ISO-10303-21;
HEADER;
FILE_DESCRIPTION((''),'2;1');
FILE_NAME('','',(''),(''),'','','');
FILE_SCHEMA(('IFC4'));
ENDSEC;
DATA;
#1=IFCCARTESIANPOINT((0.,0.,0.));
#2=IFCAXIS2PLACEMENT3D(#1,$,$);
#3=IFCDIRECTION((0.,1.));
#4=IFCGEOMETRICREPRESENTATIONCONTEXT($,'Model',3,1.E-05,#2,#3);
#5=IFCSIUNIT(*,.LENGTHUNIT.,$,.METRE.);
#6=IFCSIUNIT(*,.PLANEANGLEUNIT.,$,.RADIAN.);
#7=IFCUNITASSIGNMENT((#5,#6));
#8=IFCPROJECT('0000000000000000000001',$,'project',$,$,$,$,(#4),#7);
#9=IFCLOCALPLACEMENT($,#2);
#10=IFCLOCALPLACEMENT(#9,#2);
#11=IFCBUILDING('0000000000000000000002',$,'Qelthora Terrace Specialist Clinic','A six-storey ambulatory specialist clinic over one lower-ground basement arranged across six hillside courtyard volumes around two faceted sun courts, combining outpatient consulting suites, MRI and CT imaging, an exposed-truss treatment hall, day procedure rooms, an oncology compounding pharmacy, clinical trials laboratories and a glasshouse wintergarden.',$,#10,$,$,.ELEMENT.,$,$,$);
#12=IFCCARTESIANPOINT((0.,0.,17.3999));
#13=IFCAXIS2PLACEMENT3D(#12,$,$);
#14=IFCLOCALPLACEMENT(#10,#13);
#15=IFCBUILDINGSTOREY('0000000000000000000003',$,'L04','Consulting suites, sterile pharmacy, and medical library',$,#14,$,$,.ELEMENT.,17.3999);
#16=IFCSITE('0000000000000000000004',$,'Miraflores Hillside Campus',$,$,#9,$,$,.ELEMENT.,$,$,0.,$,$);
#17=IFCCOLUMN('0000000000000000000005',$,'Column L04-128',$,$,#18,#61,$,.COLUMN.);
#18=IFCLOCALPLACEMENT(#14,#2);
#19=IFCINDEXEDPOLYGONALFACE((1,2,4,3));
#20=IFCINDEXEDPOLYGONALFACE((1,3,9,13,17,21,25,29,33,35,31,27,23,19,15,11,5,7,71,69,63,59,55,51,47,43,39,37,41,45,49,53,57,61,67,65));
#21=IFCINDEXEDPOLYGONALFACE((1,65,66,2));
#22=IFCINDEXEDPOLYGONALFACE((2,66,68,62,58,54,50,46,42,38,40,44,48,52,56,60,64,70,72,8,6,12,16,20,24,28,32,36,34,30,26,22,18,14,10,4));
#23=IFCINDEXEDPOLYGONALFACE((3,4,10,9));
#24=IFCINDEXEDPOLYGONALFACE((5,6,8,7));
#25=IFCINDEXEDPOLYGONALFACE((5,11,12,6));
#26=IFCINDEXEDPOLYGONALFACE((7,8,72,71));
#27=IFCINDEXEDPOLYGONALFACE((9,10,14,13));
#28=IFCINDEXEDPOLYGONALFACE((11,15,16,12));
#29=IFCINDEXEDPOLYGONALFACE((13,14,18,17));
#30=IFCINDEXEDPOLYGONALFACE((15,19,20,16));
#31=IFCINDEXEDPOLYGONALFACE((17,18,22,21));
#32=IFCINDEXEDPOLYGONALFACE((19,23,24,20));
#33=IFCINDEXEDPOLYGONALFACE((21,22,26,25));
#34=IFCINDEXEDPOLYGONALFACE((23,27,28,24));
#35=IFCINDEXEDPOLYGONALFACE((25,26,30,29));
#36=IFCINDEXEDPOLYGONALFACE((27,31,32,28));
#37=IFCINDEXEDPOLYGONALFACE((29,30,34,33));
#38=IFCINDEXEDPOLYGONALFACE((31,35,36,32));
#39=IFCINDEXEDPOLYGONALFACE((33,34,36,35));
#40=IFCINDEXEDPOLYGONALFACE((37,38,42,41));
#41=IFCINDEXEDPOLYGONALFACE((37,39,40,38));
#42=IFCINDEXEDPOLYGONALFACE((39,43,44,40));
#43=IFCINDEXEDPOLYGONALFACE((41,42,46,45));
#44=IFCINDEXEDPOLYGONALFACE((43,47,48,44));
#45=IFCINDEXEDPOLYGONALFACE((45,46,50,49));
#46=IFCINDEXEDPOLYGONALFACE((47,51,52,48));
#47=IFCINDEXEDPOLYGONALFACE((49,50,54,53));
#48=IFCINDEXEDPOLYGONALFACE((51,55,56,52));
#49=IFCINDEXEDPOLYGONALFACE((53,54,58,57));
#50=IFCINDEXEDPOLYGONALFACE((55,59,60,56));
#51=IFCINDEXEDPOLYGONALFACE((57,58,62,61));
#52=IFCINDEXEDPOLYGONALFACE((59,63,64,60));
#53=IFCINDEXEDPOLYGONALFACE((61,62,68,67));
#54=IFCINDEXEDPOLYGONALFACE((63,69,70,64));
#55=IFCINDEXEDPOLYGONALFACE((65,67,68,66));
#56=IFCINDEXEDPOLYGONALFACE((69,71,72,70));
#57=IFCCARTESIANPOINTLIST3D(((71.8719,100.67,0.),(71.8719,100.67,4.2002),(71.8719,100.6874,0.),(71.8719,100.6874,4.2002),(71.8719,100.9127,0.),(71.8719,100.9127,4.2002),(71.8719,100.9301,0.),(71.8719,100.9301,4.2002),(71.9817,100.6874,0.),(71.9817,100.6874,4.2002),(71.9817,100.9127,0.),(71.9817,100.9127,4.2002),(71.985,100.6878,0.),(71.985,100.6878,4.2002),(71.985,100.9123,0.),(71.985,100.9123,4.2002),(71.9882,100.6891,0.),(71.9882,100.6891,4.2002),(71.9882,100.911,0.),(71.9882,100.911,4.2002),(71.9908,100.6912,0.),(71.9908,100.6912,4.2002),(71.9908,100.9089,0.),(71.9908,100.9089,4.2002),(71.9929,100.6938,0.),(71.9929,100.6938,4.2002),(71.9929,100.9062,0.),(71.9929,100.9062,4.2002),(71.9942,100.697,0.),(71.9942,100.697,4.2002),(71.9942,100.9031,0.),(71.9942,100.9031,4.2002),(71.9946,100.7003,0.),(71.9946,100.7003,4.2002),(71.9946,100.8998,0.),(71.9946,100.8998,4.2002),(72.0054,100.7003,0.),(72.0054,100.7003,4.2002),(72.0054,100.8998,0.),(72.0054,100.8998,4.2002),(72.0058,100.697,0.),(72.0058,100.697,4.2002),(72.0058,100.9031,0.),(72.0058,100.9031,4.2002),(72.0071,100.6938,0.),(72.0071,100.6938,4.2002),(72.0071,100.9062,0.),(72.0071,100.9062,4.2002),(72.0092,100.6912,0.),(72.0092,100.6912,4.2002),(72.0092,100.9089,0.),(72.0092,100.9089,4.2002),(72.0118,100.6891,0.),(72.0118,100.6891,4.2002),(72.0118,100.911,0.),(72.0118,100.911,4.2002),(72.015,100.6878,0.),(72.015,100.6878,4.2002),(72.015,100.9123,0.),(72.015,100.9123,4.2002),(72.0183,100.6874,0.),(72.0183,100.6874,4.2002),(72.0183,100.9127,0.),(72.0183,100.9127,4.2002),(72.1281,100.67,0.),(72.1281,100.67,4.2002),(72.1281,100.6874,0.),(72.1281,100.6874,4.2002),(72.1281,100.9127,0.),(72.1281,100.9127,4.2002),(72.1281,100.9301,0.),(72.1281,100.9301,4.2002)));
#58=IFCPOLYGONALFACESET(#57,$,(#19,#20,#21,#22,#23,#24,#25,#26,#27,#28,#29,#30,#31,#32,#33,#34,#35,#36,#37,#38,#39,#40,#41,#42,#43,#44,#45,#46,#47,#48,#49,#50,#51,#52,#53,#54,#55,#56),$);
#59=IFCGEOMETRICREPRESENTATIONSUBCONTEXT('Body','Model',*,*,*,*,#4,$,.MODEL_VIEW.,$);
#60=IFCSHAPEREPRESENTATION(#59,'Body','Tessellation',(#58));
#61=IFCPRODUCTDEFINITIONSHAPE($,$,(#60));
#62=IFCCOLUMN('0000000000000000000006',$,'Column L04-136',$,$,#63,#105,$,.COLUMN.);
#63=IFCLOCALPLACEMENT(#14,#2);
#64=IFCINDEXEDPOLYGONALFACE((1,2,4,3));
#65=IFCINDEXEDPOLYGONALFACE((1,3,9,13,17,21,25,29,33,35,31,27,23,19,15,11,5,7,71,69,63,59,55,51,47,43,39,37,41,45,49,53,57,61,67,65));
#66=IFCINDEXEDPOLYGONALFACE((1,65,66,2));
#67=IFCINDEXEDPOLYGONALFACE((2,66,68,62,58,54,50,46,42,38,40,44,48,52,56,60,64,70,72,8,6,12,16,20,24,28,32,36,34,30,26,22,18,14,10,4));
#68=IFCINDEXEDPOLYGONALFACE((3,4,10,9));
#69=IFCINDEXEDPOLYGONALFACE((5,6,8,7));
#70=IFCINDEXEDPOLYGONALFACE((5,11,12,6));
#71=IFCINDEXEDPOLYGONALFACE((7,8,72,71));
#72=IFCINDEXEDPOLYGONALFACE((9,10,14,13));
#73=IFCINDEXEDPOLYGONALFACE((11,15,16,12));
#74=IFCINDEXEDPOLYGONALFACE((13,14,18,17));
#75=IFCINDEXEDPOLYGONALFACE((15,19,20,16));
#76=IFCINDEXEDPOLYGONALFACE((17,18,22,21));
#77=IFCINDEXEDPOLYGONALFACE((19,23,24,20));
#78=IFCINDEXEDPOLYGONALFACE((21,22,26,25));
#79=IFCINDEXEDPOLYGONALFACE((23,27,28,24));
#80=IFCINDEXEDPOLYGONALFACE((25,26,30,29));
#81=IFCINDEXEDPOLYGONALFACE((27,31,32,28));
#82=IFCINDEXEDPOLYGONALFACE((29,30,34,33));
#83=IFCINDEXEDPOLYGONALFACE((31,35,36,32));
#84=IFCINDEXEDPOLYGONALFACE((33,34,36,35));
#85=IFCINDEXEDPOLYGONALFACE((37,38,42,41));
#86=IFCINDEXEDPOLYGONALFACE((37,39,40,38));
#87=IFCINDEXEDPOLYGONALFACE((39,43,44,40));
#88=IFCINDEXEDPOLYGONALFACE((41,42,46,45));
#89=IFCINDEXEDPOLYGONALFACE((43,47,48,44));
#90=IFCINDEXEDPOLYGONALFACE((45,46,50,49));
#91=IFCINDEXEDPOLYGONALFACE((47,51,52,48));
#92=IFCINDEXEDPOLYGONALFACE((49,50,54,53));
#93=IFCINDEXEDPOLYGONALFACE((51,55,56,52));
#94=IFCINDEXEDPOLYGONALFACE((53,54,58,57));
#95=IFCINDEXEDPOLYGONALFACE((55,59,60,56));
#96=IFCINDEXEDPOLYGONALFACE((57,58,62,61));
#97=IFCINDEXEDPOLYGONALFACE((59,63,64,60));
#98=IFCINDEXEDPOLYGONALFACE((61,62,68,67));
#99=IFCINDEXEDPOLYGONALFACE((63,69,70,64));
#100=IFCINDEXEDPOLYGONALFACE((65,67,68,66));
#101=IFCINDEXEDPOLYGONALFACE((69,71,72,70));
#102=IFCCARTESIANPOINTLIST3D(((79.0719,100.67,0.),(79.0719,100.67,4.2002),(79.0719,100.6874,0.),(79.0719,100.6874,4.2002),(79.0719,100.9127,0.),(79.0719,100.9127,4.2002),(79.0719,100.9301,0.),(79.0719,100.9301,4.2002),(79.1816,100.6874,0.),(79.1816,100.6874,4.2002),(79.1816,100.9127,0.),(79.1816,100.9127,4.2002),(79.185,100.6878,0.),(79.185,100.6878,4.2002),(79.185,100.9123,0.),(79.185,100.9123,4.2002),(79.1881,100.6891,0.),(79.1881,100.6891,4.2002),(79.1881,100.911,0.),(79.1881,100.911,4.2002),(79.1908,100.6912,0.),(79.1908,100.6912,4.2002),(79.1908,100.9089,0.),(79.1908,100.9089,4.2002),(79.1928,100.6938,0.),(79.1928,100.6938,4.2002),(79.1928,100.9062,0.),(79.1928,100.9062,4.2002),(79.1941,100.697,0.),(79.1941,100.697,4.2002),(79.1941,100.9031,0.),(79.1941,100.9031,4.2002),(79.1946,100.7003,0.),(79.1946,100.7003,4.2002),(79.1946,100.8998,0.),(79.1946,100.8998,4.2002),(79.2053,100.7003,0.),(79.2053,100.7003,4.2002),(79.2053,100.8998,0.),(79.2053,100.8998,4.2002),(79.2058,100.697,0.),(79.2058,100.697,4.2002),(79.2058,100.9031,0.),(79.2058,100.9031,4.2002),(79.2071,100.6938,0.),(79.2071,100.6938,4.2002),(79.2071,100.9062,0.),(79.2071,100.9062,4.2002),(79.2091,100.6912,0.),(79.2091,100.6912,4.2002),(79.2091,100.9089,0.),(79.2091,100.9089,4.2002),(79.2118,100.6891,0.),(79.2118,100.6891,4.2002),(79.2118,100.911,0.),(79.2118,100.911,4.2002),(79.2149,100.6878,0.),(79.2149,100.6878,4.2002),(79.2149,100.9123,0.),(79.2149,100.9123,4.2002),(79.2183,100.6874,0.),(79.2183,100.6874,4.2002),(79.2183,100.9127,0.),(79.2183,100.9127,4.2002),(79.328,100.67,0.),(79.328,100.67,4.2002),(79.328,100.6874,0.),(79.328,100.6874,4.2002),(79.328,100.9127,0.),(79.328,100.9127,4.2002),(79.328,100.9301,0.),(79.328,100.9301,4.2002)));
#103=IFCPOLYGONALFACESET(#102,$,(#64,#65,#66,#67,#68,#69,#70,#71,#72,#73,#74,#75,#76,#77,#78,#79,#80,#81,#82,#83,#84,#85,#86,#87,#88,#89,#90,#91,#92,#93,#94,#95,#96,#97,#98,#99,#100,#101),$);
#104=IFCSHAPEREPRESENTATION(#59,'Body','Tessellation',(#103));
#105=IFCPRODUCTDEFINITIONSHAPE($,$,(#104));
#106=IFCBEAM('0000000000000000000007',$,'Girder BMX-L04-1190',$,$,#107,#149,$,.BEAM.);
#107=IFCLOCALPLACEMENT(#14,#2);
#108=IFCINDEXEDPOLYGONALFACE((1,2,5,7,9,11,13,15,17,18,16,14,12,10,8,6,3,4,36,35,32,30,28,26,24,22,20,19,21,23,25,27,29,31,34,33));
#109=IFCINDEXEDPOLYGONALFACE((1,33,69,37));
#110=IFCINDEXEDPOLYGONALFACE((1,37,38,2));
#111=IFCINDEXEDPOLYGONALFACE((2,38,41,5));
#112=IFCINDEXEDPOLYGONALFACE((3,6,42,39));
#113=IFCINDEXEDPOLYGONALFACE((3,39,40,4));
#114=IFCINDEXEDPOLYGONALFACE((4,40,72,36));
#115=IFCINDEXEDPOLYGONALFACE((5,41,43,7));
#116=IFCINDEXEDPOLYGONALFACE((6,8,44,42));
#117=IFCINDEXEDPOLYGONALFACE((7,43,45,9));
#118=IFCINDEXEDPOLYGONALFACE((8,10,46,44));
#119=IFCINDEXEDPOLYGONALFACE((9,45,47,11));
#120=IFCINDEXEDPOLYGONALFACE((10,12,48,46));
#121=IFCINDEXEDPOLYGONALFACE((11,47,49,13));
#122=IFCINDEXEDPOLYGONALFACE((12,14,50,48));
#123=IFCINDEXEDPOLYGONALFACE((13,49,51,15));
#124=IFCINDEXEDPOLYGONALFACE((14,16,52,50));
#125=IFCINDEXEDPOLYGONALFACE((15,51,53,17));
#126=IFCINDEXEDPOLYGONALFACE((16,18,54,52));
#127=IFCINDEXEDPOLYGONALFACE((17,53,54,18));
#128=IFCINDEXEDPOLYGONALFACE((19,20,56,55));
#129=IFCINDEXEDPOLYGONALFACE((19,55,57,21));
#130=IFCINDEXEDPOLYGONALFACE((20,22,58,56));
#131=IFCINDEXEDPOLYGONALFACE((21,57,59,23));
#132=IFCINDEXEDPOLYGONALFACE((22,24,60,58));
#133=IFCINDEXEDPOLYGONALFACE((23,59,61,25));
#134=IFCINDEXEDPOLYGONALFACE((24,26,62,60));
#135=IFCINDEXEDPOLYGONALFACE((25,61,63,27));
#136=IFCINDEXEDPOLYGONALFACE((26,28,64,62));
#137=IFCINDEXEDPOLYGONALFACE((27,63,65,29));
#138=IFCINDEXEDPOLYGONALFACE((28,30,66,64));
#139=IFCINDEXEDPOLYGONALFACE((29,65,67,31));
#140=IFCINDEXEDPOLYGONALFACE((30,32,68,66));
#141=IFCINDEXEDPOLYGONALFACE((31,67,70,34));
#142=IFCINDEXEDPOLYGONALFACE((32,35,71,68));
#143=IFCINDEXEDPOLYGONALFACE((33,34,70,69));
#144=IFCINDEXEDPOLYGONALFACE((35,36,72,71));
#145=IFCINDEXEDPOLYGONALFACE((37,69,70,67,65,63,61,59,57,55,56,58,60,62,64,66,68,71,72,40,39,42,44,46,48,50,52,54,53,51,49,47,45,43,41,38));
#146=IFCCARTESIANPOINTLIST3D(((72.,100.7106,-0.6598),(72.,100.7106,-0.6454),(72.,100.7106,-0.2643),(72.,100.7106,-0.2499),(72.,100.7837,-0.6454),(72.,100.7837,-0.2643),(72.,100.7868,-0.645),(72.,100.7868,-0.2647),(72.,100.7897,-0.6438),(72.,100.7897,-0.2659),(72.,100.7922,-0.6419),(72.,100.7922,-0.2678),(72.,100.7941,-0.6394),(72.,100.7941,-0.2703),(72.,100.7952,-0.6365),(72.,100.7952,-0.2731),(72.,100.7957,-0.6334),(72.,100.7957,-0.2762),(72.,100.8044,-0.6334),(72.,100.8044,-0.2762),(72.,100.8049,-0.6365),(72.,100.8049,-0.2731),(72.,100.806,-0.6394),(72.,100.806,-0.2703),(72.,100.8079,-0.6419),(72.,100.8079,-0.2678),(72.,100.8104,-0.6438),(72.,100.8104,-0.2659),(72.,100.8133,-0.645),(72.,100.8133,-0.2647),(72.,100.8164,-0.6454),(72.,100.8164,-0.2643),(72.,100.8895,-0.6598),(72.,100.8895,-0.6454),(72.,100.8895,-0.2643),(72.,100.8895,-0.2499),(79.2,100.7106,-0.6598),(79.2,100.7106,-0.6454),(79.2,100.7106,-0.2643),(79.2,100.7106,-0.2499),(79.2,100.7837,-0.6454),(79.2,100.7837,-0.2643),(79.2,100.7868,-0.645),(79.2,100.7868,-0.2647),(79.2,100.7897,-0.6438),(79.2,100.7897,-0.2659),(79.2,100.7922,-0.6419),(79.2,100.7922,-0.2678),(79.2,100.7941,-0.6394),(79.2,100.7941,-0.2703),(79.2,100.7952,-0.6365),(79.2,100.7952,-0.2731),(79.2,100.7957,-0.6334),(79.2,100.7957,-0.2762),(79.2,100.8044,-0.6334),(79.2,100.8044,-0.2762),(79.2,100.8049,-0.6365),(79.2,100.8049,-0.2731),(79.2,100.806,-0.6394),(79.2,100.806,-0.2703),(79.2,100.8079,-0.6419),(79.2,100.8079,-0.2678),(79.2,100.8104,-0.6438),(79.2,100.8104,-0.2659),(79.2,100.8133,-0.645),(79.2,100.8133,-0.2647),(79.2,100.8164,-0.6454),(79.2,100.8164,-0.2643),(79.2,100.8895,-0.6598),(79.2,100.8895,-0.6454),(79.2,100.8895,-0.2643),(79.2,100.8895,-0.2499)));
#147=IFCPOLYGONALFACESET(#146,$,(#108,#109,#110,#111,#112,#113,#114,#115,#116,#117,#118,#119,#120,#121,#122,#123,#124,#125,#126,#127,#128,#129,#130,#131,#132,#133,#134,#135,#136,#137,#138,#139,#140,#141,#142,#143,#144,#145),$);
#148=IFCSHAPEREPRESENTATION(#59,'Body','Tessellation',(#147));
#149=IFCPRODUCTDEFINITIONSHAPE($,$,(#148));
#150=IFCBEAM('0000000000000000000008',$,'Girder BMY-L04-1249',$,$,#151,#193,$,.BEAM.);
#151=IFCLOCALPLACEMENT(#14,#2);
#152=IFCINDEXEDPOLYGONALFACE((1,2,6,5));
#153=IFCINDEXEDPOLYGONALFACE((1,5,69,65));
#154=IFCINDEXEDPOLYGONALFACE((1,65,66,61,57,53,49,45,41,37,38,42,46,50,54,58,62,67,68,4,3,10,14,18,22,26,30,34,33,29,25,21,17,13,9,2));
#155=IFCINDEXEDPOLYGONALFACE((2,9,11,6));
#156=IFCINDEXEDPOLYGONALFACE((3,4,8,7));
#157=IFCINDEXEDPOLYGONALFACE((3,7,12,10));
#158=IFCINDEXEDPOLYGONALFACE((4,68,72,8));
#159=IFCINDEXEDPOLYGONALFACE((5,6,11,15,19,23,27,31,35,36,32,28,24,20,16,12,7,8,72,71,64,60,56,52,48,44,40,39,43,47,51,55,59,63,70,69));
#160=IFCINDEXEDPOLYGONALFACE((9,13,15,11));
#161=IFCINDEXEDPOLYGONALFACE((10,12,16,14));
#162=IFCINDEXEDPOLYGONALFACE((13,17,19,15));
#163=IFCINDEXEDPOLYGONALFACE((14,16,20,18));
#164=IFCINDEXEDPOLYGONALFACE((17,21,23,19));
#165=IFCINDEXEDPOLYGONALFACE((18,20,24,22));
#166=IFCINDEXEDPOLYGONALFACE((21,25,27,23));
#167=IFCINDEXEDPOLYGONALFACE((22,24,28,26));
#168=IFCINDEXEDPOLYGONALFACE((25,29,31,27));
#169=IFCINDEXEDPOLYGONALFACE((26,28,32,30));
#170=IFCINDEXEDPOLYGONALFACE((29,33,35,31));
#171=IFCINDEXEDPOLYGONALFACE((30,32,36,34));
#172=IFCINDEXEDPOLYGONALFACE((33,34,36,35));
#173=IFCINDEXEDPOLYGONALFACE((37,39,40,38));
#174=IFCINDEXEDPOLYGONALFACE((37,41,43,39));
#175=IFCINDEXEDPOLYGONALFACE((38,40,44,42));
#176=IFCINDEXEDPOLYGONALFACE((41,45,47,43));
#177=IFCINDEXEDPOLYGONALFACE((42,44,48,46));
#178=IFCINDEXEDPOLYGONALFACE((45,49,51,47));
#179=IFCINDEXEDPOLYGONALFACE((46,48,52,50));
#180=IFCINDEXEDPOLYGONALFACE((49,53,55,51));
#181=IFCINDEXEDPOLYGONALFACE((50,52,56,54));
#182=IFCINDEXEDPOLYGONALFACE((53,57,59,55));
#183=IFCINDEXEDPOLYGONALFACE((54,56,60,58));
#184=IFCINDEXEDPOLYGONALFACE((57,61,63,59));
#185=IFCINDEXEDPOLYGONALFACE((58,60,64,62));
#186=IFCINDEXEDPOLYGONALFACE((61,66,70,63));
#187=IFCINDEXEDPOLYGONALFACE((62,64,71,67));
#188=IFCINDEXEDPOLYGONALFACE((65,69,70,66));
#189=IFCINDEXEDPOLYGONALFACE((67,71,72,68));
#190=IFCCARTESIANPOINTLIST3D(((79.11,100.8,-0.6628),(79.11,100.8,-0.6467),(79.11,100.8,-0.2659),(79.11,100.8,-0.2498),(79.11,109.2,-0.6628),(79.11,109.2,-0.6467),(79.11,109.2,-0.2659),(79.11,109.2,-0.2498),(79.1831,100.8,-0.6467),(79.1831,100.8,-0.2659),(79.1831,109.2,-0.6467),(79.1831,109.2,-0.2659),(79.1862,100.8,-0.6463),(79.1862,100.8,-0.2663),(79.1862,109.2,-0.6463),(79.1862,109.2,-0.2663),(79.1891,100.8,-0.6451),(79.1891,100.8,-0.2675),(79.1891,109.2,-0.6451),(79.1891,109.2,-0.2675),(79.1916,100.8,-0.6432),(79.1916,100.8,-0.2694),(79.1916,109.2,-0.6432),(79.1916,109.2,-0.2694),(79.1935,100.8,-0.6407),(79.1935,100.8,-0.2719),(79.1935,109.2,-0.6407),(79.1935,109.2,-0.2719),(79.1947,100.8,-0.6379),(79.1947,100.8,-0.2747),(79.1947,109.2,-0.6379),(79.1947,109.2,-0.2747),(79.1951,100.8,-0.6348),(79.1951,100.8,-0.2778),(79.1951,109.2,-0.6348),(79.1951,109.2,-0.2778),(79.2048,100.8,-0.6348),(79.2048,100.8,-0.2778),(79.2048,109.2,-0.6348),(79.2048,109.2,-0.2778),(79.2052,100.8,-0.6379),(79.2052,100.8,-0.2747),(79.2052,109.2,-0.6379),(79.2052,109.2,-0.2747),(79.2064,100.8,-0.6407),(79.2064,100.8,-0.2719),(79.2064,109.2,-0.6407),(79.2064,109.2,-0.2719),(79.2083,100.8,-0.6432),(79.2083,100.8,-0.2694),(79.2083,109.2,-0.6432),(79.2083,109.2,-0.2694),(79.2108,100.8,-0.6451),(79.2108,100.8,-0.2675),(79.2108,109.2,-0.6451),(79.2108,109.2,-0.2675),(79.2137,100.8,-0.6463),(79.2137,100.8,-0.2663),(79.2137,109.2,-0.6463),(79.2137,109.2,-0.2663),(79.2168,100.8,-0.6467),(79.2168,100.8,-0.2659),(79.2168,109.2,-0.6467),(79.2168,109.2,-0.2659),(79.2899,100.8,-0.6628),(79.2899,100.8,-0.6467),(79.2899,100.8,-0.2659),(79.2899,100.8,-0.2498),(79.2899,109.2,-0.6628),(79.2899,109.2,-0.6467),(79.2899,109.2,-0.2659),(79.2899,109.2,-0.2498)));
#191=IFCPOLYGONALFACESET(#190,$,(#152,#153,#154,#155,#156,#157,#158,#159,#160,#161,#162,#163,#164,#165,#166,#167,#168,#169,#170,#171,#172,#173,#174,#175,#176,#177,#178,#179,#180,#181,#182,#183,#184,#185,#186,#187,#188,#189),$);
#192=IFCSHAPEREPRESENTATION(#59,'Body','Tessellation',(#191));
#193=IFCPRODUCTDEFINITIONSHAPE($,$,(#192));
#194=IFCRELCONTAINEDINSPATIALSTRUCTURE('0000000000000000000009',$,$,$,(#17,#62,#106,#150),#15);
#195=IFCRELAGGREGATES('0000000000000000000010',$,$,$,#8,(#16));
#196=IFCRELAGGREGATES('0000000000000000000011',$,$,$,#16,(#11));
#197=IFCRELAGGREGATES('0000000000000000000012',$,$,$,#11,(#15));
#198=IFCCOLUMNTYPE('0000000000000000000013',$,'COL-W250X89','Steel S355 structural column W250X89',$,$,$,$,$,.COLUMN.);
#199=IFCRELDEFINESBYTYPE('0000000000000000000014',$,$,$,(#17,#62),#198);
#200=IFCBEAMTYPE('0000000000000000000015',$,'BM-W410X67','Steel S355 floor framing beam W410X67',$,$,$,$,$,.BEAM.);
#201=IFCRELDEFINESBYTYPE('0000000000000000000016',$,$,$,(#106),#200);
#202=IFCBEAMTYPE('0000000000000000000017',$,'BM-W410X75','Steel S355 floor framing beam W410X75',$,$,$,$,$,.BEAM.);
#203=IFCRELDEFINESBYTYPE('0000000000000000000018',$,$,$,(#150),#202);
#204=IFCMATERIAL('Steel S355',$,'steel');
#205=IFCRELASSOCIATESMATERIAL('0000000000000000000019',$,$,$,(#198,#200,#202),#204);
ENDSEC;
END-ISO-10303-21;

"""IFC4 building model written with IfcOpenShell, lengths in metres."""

from ifc_helpers import new_model, si_unit, direction, frame, origin, origin_2d, place, context, subcontext, project, spatial, i_section, extrude, material, material_profile, profile_set, type_object, element, save


model = new_model("IFC4")

# Units and contexts
model_context = context("Model", 3, precision=1e-05, world=origin(), true_north=direction((0.0, 1.0)))
body_context = subcontext(model_context, "Body", "Model", "MODEL_VIEW")
ifc_project = project(units=[si_unit("LENGTHUNIT", "METRE"), si_unit("PLANEANGLEUNIT", "RADIAN")], contexts=[model_context])

# Site, building, storey
site_placement = place(None, origin())
site = spatial("IfcSite", under=ifc_project, at=site_placement, Name="Miraflores Hillside Campus", CompositionType="ELEMENT", RefElevation=0.0)
building_placement = place(site_placement, origin())
building = spatial("IfcBuilding", under=site, at=building_placement, Name="Qelthora Terrace Specialist Clinic", Description="A six-storey ambulatory specialist clinic over one lower-ground basement arranged across six hillside courtyard volumes around two faceted sun courts, combining outpatient consulting suites, MRI and CT imaging, an exposed-truss treatment hall, day procedure rooms, an oncology compounding pharmacy, clinical trials laboratories and a glasshouse wintergarden.", CompositionType="ELEMENT")
storey_placement = place(building_placement, frame((0.0, 0.0, 17.3999)))
storey = spatial("IfcBuildingStorey", under=building, at=storey_placement, Name="L04", Description="Consulting suites, sterile pharmacy, and medical library", CompositionType="ELEMENT", Elevation=17.3999)

# Columns
ifc_material_1 = material(Name="Steel S355", Category="steel")
ifc_material_profile_1 = material_profile(ifc_material_1, i_section(OverallWidth=0.2561, OverallDepth=0.26, WebThickness=0.0107, FlangeThickness=0.0173, FilletRadius=0.0129, at=origin_2d()), Name="W250X89")
ifc_profile_set_1 = profile_set([ifc_material_profile_1], Name="Steel S355")
column_type = type_object("IfcColumnType", Name="COL-W250X89", Description="Steel S355 structural column W250X89", PredefinedType="COLUMN", material=ifc_profile_set_1)
for number, where, z_axis, x_axis, name in (
    (1, (72.0, 100.8, 0.0), (0.0, 0.0, 1.0), (1.0, 0.0, 0.0), "Column L04-128"),
    (2, (79.2, 100.8, 0.0), (0.0, 0.0, 1.0), (1.0, 0.0, 0.0), "Column L04-136"),
):
    element("IfcColumn", number, at=place(storey_placement, frame(where, z_axis=z_axis, x_axis=x_axis)), inside=storey, type_object=column_type, Name=name, PredefinedType="COLUMN", context=body_context, shape_type="SweptSolid", body=[
        extrude(i_section(OverallWidth=0.2561, OverallDepth=0.26, WebThickness=0.0107, FlangeThickness=0.0173, FilletRadius=0.0129, at=origin_2d()), origin(), (0.0, 0.0, 1.0), 4.2002),
    ])

# Beams
ifc_material_profile_2 = material_profile(ifc_material_1, i_section(OverallWidth=0.179, OverallDepth=0.4099, WebThickness=0.0088, FlangeThickness=0.0144, FilletRadius=0.012, at=origin_2d()), Name="W410X67")
ifc_profile_set_2 = profile_set([ifc_material_profile_2], Name="Steel S355")
beam_type_1 = type_object("IfcBeamType", Name="BM-W410X67", Description="Steel S355 floor framing beam W410X67", PredefinedType="BEAM", material=ifc_profile_set_2)
beam_1_placement = place(storey_placement, frame((72.0, 100.8, -0.4548), z_axis=(1.0, 0.0, 0.0), x_axis=(0.0, 1.0, 0.0)))
element("IfcBeam", 3, at=beam_1_placement, inside=storey, type_object=beam_type_1, Name="Girder BMX-L04-1190", PredefinedType="BEAM", context=body_context, shape_type="SweptSolid", body=[
    extrude(i_section(OverallWidth=0.179, OverallDepth=0.4099, WebThickness=0.0088, FlangeThickness=0.0144, FilletRadius=0.012, at=origin_2d()), origin(), (0.0, 0.0, 1.0), 7.2),
])
ifc_material_profile_3 = material_profile(ifc_material_1, i_section(OverallWidth=0.1799, OverallDepth=0.4131, WebThickness=0.0098, FlangeThickness=0.0161, FilletRadius=0.012, at=origin_2d()), Name="W410X75")
ifc_profile_set_3 = profile_set([ifc_material_profile_3], Name="Steel S355")
beam_type_2 = type_object("IfcBeamType", Name="BM-W410X75", Description="Steel S355 floor framing beam W410X75", PredefinedType="BEAM", material=ifc_profile_set_3)
beam_2_placement = place(storey_placement, frame((79.2, 100.8, -0.4563), z_axis=(0.0, 1.0, 0.0), x_axis=(-1.0, 0.0, 0.0)))
element("IfcBeam", 4, at=beam_2_placement, inside=storey, type_object=beam_type_2, Name="Girder BMY-L04-1249", PredefinedType="BEAM", context=body_context, shape_type="SweptSolid", body=[
    extrude(i_section(OverallWidth=0.1799, OverallDepth=0.4131, WebThickness=0.0098, FlangeThickness=0.0161, FilletRadius=0.012, at=origin_2d()), origin(), (0.0, 0.0, 1.0), 8.3999),
])

save(model, "model.ifc")
